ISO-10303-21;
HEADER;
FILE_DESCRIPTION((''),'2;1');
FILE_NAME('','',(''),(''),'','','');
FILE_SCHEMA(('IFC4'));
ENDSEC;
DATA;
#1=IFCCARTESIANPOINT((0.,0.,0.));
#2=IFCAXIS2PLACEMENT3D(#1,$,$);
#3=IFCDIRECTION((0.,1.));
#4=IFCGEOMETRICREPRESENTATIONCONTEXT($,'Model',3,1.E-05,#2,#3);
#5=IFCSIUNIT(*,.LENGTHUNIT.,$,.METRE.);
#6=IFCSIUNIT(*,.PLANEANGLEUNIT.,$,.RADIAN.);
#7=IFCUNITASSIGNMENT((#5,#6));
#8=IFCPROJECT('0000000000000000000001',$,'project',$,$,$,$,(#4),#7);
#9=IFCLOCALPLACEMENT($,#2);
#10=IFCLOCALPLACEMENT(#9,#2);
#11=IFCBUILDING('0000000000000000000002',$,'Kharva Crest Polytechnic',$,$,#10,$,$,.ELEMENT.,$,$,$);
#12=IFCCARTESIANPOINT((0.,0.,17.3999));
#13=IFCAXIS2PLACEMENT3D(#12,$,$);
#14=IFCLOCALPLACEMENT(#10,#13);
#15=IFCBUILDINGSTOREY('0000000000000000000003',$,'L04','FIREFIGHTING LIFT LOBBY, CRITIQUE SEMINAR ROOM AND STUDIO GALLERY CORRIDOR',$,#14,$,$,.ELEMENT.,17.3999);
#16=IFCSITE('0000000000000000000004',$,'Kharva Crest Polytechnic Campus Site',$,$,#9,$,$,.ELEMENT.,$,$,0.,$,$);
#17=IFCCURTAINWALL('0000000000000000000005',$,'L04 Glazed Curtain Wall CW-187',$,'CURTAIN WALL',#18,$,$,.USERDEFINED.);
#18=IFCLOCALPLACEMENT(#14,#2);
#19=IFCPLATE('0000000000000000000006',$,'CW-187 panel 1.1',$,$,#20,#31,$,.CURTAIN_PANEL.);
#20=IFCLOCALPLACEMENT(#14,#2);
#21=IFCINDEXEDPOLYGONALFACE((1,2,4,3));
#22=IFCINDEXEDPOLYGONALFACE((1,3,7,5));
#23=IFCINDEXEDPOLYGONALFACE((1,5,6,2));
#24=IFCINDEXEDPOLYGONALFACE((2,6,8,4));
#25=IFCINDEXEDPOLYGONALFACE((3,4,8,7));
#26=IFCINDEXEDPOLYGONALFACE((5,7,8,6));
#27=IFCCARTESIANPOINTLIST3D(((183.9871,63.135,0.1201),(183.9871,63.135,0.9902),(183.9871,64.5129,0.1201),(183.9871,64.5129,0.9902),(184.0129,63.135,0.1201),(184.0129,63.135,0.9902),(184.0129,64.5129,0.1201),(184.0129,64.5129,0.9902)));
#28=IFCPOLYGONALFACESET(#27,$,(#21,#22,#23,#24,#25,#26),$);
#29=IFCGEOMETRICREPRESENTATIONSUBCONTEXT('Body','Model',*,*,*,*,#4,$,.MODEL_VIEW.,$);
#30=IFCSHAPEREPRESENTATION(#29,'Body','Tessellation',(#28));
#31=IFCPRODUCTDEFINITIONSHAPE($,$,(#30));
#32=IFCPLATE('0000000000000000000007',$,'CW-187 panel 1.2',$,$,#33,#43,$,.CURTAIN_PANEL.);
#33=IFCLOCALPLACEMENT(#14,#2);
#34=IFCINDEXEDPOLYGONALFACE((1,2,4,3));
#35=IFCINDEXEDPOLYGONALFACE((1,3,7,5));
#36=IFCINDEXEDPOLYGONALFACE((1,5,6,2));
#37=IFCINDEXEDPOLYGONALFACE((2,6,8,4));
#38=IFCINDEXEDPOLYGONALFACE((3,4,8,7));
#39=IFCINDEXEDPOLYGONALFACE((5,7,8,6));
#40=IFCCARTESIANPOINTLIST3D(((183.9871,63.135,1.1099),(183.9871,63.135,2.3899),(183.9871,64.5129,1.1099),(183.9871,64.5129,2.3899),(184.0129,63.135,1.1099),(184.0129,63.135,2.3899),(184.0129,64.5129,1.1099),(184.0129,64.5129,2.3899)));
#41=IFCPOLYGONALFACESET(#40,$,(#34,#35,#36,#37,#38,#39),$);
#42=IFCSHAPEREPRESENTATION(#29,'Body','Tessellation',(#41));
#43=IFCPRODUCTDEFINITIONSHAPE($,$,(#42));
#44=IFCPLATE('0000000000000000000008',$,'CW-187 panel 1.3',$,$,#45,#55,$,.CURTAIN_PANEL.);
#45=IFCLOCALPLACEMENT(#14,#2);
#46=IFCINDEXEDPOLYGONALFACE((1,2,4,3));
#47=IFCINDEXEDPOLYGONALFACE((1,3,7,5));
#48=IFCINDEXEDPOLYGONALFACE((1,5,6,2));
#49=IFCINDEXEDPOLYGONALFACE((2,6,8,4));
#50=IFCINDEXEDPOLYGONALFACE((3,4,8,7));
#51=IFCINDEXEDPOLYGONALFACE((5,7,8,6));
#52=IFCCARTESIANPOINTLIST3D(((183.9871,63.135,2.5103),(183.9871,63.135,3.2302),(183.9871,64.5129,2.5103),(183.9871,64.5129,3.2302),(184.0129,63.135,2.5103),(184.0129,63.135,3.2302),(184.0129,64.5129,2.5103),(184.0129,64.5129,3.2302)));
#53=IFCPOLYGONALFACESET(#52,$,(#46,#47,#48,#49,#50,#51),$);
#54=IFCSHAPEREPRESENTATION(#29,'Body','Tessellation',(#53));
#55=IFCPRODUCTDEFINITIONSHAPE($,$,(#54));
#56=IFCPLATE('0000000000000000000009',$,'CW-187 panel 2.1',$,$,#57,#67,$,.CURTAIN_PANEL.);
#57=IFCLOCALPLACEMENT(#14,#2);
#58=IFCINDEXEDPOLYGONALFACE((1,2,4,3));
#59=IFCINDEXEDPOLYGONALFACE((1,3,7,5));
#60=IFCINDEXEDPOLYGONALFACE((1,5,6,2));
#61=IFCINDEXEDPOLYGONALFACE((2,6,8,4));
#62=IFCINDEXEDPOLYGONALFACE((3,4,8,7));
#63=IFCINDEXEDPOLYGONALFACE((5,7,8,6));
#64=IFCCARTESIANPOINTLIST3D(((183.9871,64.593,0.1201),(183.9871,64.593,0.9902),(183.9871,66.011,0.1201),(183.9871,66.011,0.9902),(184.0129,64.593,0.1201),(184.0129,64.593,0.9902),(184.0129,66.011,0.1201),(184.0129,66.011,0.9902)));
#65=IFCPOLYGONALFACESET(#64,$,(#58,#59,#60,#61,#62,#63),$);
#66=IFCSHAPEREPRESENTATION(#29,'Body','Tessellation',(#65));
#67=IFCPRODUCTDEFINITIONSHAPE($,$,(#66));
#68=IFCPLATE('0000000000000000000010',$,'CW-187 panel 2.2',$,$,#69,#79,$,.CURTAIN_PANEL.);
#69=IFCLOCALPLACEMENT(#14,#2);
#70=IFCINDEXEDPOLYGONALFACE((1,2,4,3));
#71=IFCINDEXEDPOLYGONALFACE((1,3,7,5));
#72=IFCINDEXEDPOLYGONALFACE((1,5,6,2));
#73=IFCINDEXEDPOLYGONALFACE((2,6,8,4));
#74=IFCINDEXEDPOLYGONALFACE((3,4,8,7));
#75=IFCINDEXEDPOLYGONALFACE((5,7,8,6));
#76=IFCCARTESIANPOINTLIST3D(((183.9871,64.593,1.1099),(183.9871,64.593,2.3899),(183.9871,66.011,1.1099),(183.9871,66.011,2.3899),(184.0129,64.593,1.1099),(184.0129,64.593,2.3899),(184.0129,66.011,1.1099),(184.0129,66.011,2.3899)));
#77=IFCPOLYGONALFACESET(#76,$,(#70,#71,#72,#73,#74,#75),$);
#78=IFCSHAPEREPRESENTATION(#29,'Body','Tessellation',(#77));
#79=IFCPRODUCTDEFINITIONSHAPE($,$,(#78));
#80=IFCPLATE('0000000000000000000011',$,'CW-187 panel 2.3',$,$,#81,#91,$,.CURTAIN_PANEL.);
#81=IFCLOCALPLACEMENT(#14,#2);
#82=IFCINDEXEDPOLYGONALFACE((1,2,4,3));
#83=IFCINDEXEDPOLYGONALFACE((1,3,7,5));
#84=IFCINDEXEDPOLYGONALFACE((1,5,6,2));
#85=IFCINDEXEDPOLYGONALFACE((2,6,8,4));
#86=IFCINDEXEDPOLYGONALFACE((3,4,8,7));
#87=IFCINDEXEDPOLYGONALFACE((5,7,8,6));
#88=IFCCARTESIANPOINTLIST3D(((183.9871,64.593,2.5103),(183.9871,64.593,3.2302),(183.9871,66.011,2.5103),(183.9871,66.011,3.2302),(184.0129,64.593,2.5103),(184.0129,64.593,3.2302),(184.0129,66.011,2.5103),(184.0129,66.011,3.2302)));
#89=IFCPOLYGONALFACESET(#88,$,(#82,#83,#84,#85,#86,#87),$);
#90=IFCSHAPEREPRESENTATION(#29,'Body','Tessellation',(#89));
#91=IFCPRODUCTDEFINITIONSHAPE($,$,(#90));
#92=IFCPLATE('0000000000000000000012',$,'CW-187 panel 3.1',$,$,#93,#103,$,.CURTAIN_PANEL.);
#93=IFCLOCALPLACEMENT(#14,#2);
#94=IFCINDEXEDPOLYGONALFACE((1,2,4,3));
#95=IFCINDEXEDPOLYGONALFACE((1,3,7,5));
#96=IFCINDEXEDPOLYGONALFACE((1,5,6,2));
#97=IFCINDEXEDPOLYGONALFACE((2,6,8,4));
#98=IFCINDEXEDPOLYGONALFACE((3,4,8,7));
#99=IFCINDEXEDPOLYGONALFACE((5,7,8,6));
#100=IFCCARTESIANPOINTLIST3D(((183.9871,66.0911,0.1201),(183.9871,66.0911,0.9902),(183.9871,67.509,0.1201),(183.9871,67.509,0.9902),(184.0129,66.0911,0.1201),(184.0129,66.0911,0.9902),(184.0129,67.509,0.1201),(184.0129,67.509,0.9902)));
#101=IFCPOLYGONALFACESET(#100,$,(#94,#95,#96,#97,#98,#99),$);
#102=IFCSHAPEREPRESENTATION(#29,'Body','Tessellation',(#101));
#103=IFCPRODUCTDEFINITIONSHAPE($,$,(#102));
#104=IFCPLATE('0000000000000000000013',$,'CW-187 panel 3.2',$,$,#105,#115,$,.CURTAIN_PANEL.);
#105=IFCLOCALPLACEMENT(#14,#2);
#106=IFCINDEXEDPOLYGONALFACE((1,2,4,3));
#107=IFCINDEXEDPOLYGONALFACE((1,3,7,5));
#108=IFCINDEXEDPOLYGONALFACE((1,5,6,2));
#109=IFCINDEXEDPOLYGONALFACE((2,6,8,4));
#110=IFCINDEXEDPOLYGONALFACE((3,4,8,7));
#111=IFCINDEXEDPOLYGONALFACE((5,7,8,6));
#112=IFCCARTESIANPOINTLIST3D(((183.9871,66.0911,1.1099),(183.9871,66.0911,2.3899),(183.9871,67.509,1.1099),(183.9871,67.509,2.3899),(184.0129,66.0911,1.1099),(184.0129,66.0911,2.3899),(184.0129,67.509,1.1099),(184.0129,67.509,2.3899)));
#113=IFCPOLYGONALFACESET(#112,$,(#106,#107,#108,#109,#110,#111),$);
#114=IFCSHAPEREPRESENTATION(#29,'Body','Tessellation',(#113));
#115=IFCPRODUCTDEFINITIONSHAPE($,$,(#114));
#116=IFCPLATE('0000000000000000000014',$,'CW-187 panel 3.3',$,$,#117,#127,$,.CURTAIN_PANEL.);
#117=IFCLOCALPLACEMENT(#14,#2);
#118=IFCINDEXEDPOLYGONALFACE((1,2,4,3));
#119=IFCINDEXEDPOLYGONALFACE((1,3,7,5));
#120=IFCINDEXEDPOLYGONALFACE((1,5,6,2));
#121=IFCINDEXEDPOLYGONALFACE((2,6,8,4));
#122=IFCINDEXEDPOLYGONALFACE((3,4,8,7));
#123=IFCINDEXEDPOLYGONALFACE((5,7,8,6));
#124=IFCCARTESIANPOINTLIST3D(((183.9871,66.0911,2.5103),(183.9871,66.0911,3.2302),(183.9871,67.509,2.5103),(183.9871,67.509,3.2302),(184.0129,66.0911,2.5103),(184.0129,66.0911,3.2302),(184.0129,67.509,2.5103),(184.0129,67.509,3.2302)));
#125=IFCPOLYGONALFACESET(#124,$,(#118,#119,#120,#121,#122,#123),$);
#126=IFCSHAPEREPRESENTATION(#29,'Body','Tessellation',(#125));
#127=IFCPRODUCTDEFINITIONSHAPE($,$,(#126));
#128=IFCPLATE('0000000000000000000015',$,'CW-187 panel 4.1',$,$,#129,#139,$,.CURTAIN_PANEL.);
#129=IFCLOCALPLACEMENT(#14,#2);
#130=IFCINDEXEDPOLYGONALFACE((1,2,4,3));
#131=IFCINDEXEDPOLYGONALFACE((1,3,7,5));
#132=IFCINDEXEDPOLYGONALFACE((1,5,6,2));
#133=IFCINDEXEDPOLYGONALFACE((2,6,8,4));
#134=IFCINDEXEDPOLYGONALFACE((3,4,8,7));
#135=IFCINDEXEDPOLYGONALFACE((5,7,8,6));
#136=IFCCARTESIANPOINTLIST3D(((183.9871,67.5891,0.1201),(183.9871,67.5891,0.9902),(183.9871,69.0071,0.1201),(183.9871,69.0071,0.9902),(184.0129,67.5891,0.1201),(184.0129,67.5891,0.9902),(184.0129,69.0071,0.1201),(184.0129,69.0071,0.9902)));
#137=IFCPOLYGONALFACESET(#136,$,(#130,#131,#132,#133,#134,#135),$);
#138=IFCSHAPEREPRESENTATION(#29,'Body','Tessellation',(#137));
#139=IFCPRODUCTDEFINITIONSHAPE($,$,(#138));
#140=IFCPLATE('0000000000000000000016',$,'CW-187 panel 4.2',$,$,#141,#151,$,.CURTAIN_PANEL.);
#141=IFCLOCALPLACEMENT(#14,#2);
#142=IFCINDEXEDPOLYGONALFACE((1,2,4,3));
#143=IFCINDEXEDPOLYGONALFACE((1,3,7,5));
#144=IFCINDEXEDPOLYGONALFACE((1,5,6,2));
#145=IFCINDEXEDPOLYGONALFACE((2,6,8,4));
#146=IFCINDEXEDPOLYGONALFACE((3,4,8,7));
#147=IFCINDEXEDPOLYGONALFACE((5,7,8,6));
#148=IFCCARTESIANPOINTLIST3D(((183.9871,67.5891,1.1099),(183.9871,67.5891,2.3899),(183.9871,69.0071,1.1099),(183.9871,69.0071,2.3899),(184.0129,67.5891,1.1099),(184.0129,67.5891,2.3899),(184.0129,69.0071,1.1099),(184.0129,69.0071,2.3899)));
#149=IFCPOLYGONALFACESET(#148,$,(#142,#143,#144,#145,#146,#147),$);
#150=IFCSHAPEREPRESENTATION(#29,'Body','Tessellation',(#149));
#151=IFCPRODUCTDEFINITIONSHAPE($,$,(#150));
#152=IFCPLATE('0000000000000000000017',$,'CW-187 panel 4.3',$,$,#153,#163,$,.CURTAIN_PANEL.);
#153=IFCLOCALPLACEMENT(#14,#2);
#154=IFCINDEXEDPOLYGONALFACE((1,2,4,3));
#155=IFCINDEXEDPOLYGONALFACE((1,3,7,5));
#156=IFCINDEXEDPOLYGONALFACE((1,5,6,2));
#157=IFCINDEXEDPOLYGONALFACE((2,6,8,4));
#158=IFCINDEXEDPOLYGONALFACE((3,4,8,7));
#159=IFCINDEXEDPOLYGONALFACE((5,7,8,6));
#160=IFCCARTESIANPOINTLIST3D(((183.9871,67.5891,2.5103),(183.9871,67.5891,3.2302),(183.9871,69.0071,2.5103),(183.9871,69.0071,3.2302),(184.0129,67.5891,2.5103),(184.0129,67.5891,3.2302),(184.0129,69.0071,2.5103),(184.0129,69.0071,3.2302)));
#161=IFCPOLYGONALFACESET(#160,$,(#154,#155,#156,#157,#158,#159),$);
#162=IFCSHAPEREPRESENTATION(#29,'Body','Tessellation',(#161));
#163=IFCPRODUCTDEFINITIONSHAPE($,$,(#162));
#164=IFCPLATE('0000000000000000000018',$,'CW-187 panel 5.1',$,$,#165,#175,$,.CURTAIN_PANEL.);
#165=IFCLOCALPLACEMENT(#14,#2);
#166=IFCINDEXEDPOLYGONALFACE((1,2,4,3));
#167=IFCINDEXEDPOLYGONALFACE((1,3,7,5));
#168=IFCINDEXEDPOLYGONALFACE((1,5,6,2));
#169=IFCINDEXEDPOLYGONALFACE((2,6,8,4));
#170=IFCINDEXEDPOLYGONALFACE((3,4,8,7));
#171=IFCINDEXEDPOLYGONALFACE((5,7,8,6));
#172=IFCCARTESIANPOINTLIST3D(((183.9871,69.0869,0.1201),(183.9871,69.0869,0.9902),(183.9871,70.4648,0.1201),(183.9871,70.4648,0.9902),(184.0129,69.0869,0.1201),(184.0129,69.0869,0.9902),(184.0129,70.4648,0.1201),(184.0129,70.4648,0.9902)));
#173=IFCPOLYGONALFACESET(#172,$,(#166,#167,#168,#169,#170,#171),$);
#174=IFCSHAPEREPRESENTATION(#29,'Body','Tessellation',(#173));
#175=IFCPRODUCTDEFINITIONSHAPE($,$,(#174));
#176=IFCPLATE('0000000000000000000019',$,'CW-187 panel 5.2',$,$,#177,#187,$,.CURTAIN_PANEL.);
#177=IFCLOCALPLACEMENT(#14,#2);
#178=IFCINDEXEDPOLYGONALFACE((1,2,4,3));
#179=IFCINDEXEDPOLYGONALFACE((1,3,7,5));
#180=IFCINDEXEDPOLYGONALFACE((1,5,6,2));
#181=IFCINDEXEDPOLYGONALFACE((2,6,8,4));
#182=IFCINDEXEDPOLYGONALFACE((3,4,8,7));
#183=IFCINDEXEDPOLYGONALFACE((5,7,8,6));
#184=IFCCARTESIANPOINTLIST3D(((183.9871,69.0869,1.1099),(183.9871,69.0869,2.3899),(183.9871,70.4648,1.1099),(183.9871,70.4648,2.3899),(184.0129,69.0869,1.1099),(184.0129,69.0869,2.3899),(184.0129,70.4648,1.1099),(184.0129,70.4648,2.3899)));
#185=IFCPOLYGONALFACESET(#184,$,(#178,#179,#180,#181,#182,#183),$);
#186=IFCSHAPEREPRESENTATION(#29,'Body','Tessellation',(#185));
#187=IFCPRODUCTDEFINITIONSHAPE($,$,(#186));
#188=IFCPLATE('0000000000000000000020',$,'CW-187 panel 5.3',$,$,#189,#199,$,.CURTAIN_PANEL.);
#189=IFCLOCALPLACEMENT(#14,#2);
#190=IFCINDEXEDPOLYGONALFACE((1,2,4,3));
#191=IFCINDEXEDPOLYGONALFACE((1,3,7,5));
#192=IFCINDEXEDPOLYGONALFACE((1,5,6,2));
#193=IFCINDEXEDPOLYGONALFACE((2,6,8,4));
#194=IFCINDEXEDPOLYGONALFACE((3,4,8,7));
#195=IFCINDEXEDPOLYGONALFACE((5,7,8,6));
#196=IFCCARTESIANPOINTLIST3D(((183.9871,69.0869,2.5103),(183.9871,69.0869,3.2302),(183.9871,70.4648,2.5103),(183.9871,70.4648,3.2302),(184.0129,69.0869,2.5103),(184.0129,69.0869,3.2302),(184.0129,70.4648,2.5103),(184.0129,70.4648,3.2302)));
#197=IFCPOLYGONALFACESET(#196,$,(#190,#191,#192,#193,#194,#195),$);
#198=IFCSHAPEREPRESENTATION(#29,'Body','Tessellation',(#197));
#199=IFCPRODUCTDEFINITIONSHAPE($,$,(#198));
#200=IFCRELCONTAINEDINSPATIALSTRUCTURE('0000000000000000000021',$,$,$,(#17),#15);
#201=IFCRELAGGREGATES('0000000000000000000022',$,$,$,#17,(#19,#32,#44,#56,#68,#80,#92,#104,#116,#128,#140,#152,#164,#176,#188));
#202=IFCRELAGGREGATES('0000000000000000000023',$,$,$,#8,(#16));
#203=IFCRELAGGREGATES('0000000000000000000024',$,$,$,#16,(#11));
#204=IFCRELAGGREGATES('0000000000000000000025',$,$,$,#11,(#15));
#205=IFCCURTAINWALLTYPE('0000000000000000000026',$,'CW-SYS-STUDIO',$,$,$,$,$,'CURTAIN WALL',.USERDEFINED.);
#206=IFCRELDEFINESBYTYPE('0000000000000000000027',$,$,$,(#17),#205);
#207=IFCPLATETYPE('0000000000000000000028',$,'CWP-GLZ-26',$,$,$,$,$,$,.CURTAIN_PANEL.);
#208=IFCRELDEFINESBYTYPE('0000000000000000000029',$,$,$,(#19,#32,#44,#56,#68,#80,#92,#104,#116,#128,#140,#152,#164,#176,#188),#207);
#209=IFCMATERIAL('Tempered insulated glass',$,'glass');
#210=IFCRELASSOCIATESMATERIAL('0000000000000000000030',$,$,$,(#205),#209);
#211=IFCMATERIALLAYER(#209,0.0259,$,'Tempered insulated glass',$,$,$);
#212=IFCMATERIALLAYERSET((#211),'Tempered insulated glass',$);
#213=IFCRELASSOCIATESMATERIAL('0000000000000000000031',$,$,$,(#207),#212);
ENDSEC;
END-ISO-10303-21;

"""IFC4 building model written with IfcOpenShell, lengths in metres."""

from ifc_helpers import new_model, si_unit, direction, frame, origin, origin_2d, place, context, subcontext, project, spatial, rectangle, extrude, material, layer, layer_set, type_object, element, aggregate, save


model = new_model("IFC4")

# Units and contexts
model_context = context("Model", 3, precision=1e-05, world=origin(), true_north=direction((0.0, 1.0)))
body_context = subcontext(model_context, "Body", "Model", "MODEL_VIEW")
ifc_project = project(units=[si_unit("LENGTHUNIT", "METRE"), si_unit("PLANEANGLEUNIT", "RADIAN")], contexts=[model_context])

# Site, building, storey
site_placement = place(None, origin())
site = spatial("IfcSite", under=ifc_project, at=site_placement, Name="Kharva Crest Polytechnic Campus Site", CompositionType="ELEMENT", RefElevation=0.0)
building_placement = place(site_placement, origin())
building = spatial("IfcBuilding", under=site, at=building_placement, Name="Kharva Crest Polytechnic", CompositionType="ELEMENT")
storey_placement = place(building_placement, frame((0.0, 0.0, 17.3999)))
storey = spatial("IfcBuildingStorey", under=building, at=storey_placement, Name="L04", Description="FIREFIGHTING LIFT LOBBY, CRITIQUE SEMINAR ROOM AND STUDIO GALLERY CORRIDOR", CompositionType="ELEMENT", Elevation=17.3999)

# Curtain wall, plates
ifc_material_1 = material(Name="Tempered insulated glass", Category="glass")
curtain_wall_type = type_object("IfcCurtainWallType", Name="CW-SYS-STUDIO", ElementType="CURTAIN WALL", PredefinedType="USERDEFINED", material=ifc_material_1)
curtain_wall_placement = place(storey_placement, origin())
curtain_wall = element("IfcCurtainWall", 1, at=curtain_wall_placement, inside=storey, type_object=curtain_wall_type, Name="L04 Glazed Curtain Wall CW-187", ObjectType="CURTAIN WALL", PredefinedType="USERDEFINED")
ifc_layer_1 = layer(ifc_material_1, 0.0259, Name="Tempered insulated glass")
ifc_layer_set_1 = layer_set([ifc_layer_1], Name="Tempered insulated glass")
plate_type = type_object("IfcPlateType", Name="CWP-GLZ-26", PredefinedType="CURTAIN_PANEL", material=ifc_layer_set_1)
plate_1_placement = place(storey_placement, frame((184.0, 63.824, 0.1201), z_axis=(0.0, 0.0, 1.0), x_axis=(0.0, 1.0, 0.0)))
plate_1 = element("IfcPlate", 2, at=plate_1_placement, type_object=plate_type, Name="CW-187 panel 1.1", PredefinedType="CURTAIN_PANEL", context=body_context, shape_type="SweptSolid", body=[
    extrude(rectangle(XDim=1.3779, YDim=0.0259, at=origin_2d()), origin(), (0.0, 0.0, 1.0), 0.8701),
])
plate_2_placement = place(storey_placement, frame((184.0, 63.824, 1.1099), z_axis=(0.0, 0.0, 1.0), x_axis=(0.0, 1.0, 0.0)))
plate_2 = element("IfcPlate", 3, at=plate_2_placement, type_object=plate_type, Name="CW-187 panel 1.2", PredefinedType="CURTAIN_PANEL", context=body_context, shape_type="SweptSolid", body=[
    extrude(rectangle(XDim=1.3779, YDim=0.0259, at=origin_2d()), origin(), (0.0, 0.0, 1.0), 1.28),
])
plate_3_placement = place(storey_placement, frame((184.0, 63.824, 2.5103), z_axis=(0.0, 0.0, 1.0), x_axis=(0.0, 1.0, 0.0)))
plate_3 = element("IfcPlate", 4, at=plate_3_placement, type_object=plate_type, Name="CW-187 panel 1.3", PredefinedType="CURTAIN_PANEL", context=body_context, shape_type="SweptSolid", body=[
    extrude(rectangle(XDim=1.3779, YDim=0.0259, at=origin_2d()), origin(), (0.0, 0.0, 1.0), 0.72),
])
plate_4_placement = place(storey_placement, frame((184.0, 65.302, 0.1201), z_axis=(0.0, 0.0, 1.0), x_axis=(0.0, 1.0, 0.0)))
plate_4 = element("IfcPlate", 5, at=plate_4_placement, type_object=plate_type, Name="CW-187 panel 2.1", PredefinedType="CURTAIN_PANEL", context=body_context, shape_type="SweptSolid", body=[
    extrude(rectangle(XDim=1.418, YDim=0.0259, at=origin_2d()), origin(), (0.0, 0.0, 1.0), 0.8701),
])
plate_5_placement = place(storey_placement, frame((184.0, 65.302, 1.1099), z_axis=(0.0, 0.0, 1.0), x_axis=(0.0, 1.0, 0.0)))
plate_5 = element("IfcPlate", 6, at=plate_5_placement, type_object=plate_type, Name="CW-187 panel 2.2", PredefinedType="CURTAIN_PANEL", context=body_context, shape_type="SweptSolid", body=[
    extrude(rectangle(XDim=1.418, YDim=0.0259, at=origin_2d()), origin(), (0.0, 0.0, 1.0), 1.28),
])
plate_6_placement = place(storey_placement, frame((184.0, 65.302, 2.5103), z_axis=(0.0, 0.0, 1.0), x_axis=(0.0, 1.0, 0.0)))
plate_6 = element("IfcPlate", 7, at=plate_6_placement, type_object=plate_type, Name="CW-187 panel 2.3", PredefinedType="CURTAIN_PANEL", context=body_context, shape_type="SweptSolid", body=[
    extrude(rectangle(XDim=1.418, YDim=0.0259, at=origin_2d()), origin(), (0.0, 0.0, 1.0), 0.72),
])
plate_7_placement = place(storey_placement, frame((184.0, 66.8, 0.1201), z_axis=(0.0, 0.0, 1.0), x_axis=(0.0, 1.0, 0.0)))
plate_7 = element("IfcPlate", 8, at=plate_7_placement, type_object=plate_type, Name="CW-187 panel 3.1", PredefinedType="CURTAIN_PANEL", context=body_context, shape_type="SweptSolid", body=[
    extrude(rectangle(XDim=1.418, YDim=0.0259, at=origin_2d()), origin(), (0.0, 0.0, 1.0), 0.8701),
])
plate_8_placement = place(storey_placement, frame((184.0, 66.8, 1.1099), z_axis=(0.0, 0.0, 1.0), x_axis=(0.0, 1.0, 0.0)))
plate_8 = element("IfcPlate", 9, at=plate_8_placement, type_object=plate_type, Name="CW-187 panel 3.2", PredefinedType="CURTAIN_PANEL", context=body_context, shape_type="SweptSolid", body=[
    extrude(rectangle(XDim=1.418, YDim=0.0259, at=origin_2d()), origin(), (0.0, 0.0, 1.0), 1.28),
])
plate_9_placement = place(storey_placement, frame((184.0, 66.8, 2.5103), z_axis=(0.0, 0.0, 1.0), x_axis=(0.0, 1.0, 0.0)))
plate_9 = element("IfcPlate", 10, at=plate_9_placement, type_object=plate_type, Name="CW-187 panel 3.3", PredefinedType="CURTAIN_PANEL", context=body_context, shape_type="SweptSolid", body=[
    extrude(rectangle(XDim=1.418, YDim=0.0259, at=origin_2d()), origin(), (0.0, 0.0, 1.0), 0.72),
])
plate_10_placement = place(storey_placement, frame((184.0, 68.2981, 0.1201), z_axis=(0.0, 0.0, 1.0), x_axis=(0.0, 1.0, 0.0)))
plate_10 = element("IfcPlate", 11, at=plate_10_placement, type_object=plate_type, Name="CW-187 panel 4.1", PredefinedType="CURTAIN_PANEL", context=body_context, shape_type="SweptSolid", body=[
    extrude(rectangle(XDim=1.418, YDim=0.0259, at=origin_2d()), origin(), (0.0, 0.0, 1.0), 0.8701),
])
plate_11_placement = place(storey_placement, frame((184.0, 68.2981, 1.1099), z_axis=(0.0, 0.0, 1.0), x_axis=(0.0, 1.0, 0.0)))
plate_11 = element("IfcPlate", 12, at=plate_11_placement, type_object=plate_type, Name="CW-187 panel 4.2", PredefinedType="CURTAIN_PANEL", context=body_context, shape_type="SweptSolid", body=[
    extrude(rectangle(XDim=1.418, YDim=0.0259, at=origin_2d()), origin(), (0.0, 0.0, 1.0), 1.28),
])
plate_12_placement = place(storey_placement, frame((184.0, 68.2981, 2.5103), z_axis=(0.0, 0.0, 1.0), x_axis=(0.0, 1.0, 0.0)))
plate_12 = element("IfcPlate", 13, at=plate_12_placement, type_object=plate_type, Name="CW-187 panel 4.3", PredefinedType="CURTAIN_PANEL", context=body_context, shape_type="SweptSolid", body=[
    extrude(rectangle(XDim=1.418, YDim=0.0259, at=origin_2d()), origin(), (0.0, 0.0, 1.0), 0.72),
])
plate_13_placement = place(storey_placement, frame((184.0, 69.7759, 0.1201), z_axis=(0.0, 0.0, 1.0), x_axis=(0.0, 1.0, 0.0)))
plate_13 = element("IfcPlate", 14, at=plate_13_placement, type_object=plate_type, Name="CW-187 panel 5.1", PredefinedType="CURTAIN_PANEL", context=body_context, shape_type="SweptSolid", body=[
    extrude(rectangle(XDim=1.3779, YDim=0.0259, at=origin_2d()), origin(), (0.0, 0.0, 1.0), 0.8701),
])
plate_14_placement = place(storey_placement, frame((184.0, 69.7759, 1.1099), z_axis=(0.0, 0.0, 1.0), x_axis=(0.0, 1.0, 0.0)))
plate_14 = element("IfcPlate", 15, at=plate_14_placement, type_object=plate_type, Name="CW-187 panel 5.2", PredefinedType="CURTAIN_PANEL", context=body_context, shape_type="SweptSolid", body=[
    extrude(rectangle(XDim=1.3779, YDim=0.0259, at=origin_2d()), origin(), (0.0, 0.0, 1.0), 1.28),
])
plate_15_placement = place(storey_placement, frame((184.0, 69.7759, 2.5103), z_axis=(0.0, 0.0, 1.0), x_axis=(0.0, 1.0, 0.0)))
plate_15 = element("IfcPlate", 16, at=plate_15_placement, type_object=plate_type, Name="CW-187 panel 5.3", PredefinedType="CURTAIN_PANEL", context=body_context, shape_type="SweptSolid", body=[
    extrude(rectangle(XDim=1.3779, YDim=0.0259, at=origin_2d()), origin(), (0.0, 0.0, 1.0), 0.72),
])
aggregate(curtain_wall, [plate_1, plate_2, plate_3, plate_4, plate_5, plate_6, plate_7, plate_8, plate_9, plate_10, plate_11, plate_12, plate_13, plate_14, plate_15])

save(model, "model.ifc")
